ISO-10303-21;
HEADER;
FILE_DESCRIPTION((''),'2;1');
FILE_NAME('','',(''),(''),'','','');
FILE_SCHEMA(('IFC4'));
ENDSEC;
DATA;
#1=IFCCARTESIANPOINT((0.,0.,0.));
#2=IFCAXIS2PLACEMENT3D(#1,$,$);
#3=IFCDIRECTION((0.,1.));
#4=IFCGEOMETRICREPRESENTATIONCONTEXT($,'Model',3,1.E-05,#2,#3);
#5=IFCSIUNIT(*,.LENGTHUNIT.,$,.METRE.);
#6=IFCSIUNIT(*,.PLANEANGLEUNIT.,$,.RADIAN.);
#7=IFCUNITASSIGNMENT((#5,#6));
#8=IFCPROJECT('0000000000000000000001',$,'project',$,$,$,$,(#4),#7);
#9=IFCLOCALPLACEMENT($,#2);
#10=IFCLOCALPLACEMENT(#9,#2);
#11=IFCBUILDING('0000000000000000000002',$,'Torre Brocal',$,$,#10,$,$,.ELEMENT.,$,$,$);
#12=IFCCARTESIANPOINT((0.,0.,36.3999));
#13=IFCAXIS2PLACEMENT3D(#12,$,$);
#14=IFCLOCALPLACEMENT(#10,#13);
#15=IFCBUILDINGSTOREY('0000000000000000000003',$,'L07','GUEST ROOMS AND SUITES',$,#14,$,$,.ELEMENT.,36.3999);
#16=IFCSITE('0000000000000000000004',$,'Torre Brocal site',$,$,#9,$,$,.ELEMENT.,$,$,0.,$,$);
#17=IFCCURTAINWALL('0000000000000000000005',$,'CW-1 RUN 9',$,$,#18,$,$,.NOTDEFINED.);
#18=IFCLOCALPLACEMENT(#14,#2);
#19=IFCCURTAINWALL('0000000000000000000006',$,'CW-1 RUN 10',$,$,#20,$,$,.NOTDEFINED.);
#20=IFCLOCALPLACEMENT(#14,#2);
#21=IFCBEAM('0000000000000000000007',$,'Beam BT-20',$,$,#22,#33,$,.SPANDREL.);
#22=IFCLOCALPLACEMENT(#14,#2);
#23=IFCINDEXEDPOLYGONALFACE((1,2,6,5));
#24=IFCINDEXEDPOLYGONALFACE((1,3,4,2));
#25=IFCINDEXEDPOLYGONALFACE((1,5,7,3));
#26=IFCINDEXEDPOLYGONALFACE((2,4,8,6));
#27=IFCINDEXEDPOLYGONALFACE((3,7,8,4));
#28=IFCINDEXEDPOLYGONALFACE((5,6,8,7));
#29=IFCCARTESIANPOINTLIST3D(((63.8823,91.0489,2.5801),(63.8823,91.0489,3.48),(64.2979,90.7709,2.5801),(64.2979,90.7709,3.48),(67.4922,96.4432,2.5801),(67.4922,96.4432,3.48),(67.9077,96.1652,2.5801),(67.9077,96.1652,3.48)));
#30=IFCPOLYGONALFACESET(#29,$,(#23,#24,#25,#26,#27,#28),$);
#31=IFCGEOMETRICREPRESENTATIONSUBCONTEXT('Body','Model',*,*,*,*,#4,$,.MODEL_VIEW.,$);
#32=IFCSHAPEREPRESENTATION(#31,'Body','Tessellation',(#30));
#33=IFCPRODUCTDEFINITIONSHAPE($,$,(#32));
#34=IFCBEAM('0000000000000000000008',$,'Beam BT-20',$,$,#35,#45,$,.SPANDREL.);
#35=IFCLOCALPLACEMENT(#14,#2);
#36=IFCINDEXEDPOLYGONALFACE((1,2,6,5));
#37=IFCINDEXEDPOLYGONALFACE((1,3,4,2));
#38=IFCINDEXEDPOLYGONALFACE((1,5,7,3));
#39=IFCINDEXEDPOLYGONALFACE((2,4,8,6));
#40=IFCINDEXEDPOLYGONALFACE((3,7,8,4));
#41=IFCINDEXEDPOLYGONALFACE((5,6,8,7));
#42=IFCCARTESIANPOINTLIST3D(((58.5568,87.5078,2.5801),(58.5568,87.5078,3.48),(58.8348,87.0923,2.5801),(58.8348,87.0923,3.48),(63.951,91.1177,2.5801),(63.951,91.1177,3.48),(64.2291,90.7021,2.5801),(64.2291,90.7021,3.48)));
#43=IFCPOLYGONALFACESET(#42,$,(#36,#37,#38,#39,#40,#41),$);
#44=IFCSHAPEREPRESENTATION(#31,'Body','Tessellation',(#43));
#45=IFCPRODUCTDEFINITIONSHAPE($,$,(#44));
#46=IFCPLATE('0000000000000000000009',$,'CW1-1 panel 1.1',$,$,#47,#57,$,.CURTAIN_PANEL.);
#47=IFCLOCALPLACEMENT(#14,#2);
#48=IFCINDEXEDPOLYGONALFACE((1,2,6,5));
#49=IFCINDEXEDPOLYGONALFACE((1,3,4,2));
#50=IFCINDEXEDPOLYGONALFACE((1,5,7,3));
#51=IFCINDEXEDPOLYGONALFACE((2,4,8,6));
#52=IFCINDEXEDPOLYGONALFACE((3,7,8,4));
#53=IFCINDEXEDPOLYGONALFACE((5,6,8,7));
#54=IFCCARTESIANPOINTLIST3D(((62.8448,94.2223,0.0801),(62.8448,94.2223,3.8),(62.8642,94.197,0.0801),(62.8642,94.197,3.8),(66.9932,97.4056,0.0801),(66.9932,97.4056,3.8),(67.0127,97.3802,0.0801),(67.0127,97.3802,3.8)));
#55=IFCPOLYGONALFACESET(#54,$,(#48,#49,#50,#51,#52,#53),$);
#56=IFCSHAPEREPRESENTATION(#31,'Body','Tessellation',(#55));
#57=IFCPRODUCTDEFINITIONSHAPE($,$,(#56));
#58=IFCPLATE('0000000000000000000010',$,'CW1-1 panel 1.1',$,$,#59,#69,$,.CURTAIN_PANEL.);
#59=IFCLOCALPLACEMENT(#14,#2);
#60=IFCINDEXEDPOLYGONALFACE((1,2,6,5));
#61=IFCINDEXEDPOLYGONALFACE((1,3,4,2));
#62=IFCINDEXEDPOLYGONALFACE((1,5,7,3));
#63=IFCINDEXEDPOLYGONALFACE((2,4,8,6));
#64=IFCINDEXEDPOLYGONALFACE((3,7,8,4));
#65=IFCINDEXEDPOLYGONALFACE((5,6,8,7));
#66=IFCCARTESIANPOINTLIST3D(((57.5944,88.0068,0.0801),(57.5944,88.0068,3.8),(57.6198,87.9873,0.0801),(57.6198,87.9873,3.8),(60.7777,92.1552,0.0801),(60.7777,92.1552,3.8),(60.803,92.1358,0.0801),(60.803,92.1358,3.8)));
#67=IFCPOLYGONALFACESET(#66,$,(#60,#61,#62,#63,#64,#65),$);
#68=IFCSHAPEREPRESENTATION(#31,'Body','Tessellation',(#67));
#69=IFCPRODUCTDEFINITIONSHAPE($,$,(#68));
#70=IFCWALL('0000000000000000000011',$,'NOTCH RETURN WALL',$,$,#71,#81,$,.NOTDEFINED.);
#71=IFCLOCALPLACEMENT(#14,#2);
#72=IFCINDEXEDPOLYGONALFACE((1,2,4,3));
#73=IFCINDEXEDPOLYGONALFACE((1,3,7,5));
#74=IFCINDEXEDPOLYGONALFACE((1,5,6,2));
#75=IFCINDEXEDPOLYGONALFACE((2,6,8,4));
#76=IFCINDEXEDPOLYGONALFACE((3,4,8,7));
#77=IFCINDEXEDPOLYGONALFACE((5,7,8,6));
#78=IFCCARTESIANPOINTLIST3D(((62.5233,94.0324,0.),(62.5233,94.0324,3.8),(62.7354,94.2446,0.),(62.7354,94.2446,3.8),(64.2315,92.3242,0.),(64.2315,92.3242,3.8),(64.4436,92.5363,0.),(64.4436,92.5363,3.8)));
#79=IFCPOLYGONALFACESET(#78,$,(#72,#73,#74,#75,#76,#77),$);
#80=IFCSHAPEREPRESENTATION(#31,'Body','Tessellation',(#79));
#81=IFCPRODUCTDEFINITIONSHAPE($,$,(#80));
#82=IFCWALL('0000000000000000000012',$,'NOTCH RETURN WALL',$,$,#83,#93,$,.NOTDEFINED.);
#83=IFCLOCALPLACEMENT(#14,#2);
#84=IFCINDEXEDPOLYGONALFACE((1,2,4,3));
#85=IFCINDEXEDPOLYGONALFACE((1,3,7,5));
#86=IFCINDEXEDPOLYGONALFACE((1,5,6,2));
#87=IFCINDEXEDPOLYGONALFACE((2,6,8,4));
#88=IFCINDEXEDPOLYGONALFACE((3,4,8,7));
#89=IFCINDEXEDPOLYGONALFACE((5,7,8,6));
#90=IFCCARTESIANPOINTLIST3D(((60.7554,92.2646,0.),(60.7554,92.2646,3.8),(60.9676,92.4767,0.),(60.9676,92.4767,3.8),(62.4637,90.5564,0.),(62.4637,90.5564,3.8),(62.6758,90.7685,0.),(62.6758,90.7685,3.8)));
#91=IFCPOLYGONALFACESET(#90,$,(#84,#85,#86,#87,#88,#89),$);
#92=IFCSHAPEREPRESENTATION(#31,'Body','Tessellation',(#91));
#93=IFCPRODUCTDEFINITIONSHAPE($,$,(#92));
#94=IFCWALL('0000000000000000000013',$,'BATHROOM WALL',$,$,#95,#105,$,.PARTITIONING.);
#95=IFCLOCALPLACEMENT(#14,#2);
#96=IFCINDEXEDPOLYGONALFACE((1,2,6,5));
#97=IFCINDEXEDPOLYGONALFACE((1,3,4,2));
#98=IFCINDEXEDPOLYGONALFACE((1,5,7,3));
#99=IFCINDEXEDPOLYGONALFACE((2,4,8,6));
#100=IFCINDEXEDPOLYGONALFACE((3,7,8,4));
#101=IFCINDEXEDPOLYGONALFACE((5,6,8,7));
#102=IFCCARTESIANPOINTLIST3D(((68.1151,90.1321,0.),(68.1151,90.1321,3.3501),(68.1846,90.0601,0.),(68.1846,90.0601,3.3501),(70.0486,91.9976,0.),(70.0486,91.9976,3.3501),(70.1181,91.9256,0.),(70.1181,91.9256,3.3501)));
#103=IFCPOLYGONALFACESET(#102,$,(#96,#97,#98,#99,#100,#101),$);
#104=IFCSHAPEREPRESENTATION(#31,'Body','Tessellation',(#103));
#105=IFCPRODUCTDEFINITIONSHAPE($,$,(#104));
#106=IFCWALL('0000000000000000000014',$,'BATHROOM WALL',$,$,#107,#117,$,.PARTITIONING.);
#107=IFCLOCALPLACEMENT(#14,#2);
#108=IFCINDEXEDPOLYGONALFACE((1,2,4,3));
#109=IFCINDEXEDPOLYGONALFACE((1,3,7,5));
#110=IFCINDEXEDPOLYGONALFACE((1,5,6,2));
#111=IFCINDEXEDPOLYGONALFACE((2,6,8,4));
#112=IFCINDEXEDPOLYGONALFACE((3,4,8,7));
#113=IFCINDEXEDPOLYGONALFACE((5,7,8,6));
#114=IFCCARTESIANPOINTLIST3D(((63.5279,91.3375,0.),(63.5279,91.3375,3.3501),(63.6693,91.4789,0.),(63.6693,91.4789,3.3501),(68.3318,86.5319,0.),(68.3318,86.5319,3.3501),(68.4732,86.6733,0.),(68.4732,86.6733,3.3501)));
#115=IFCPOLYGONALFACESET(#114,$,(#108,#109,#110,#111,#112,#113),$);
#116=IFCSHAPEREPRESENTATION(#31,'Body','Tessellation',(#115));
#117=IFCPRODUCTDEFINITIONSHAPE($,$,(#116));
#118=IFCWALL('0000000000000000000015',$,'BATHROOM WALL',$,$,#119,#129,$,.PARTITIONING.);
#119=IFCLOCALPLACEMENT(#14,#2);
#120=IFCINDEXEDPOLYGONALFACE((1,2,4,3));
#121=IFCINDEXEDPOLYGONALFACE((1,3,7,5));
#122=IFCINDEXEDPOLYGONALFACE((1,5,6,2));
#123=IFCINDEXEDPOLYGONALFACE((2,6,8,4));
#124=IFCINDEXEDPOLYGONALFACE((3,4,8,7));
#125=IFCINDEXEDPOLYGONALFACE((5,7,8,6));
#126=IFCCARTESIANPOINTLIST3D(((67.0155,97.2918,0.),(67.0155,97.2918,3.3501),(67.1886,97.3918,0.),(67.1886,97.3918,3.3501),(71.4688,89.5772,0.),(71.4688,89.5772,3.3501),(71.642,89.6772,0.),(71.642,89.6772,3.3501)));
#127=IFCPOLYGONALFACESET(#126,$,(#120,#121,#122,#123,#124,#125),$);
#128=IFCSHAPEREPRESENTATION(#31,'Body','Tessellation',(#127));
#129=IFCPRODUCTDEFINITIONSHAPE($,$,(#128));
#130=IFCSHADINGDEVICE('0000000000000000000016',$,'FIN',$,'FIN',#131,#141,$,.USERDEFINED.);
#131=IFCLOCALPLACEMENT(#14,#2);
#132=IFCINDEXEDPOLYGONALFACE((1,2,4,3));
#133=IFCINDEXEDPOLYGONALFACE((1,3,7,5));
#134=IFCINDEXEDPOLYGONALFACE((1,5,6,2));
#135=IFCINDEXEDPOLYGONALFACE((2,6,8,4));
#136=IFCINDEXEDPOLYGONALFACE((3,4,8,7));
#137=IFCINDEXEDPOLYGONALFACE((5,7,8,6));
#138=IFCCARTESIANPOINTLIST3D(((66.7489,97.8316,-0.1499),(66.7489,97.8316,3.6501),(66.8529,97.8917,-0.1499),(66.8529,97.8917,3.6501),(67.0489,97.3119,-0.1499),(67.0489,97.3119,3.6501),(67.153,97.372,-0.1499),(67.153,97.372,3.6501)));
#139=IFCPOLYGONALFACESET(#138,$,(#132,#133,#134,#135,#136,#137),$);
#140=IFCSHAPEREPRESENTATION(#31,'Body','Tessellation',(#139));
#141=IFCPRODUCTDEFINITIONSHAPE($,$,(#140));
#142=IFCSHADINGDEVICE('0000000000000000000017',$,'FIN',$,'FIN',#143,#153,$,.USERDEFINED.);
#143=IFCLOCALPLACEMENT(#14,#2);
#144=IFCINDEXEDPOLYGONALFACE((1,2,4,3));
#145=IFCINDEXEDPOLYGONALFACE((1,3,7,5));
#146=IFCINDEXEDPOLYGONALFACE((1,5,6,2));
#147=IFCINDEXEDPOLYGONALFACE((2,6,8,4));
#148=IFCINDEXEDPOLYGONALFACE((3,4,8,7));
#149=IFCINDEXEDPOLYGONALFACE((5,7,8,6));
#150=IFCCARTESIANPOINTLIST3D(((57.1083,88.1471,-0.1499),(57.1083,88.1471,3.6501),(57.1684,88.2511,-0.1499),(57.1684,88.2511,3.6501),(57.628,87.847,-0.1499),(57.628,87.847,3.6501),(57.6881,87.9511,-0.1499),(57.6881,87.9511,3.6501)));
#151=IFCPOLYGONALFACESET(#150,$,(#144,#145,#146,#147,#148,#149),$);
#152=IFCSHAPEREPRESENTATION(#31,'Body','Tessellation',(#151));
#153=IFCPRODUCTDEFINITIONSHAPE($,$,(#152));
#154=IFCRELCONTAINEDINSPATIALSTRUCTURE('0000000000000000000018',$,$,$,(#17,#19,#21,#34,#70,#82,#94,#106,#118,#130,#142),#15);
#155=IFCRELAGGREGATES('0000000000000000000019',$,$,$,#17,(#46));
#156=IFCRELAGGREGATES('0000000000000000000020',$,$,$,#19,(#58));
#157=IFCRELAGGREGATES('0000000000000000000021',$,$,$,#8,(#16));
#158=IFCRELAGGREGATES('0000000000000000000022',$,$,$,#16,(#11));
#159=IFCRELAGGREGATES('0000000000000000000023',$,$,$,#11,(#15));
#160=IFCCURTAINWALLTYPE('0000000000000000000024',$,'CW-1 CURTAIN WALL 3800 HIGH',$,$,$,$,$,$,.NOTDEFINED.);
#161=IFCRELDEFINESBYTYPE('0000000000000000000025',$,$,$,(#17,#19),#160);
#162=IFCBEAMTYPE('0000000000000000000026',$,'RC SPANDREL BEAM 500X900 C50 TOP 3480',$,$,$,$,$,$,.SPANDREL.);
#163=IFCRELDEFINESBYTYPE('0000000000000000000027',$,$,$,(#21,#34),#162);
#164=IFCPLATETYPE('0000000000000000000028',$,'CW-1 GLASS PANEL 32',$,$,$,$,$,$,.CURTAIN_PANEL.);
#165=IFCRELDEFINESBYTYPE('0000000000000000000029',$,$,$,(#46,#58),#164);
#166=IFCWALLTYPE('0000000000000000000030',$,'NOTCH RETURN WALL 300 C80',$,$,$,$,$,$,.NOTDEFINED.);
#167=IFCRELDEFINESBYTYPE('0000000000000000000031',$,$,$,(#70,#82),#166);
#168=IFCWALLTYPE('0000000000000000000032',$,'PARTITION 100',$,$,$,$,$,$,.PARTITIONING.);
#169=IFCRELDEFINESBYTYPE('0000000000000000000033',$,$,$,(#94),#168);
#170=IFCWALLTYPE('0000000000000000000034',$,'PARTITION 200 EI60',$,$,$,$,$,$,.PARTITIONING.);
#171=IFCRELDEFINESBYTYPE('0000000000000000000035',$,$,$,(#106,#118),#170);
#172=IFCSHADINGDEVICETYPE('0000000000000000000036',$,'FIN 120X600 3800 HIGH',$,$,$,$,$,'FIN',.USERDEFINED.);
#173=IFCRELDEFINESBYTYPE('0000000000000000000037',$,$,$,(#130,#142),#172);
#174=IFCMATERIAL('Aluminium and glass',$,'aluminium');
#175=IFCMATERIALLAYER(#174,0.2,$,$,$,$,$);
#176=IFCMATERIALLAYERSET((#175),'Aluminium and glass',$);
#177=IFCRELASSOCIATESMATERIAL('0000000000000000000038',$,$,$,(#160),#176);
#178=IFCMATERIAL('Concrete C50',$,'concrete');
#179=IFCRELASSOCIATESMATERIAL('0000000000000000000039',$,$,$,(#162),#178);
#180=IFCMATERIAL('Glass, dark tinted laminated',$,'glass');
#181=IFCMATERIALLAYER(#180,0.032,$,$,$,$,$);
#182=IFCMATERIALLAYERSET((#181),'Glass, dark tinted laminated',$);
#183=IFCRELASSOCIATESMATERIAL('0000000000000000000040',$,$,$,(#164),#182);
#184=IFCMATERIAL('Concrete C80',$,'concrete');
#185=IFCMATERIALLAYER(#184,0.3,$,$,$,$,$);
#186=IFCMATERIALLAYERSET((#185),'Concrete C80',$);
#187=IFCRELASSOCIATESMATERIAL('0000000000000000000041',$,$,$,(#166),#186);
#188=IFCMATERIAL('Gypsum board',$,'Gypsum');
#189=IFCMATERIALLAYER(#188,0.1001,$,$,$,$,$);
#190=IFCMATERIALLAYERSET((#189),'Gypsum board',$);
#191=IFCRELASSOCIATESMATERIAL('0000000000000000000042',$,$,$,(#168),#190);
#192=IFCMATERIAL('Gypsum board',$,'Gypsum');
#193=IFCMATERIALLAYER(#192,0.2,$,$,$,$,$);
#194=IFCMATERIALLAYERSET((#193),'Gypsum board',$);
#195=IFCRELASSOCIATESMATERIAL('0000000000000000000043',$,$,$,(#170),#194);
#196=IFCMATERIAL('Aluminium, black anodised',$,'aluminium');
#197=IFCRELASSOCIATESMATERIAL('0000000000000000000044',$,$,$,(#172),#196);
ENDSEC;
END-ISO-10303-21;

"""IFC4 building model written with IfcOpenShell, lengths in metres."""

from ifc_helpers import new_model, si_unit, direction, frame, frame_2d, origin, origin_2d, place, context, subcontext, project, spatial, rectangle, extrude, material, layer, layer_set, material_profile, profile_set, type_object, element, aggregate, save


model = new_model("IFC4")

# Units and contexts
model_context = context("Model", 3, precision=1e-05, world=origin(), true_north=direction((0.0, 1.0)))
body_context = subcontext(model_context, "Body", "Model", "MODEL_VIEW")
ifc_project = project(units=[si_unit("LENGTHUNIT", "METRE"), si_unit("PLANEANGLEUNIT", "RADIAN")], contexts=[model_context])

# Site, building, storey
site_placement = place(None, origin())
site = spatial("IfcSite", under=ifc_project, at=site_placement, Name="Torre Brocal site", CompositionType="ELEMENT", RefElevation=0.0)
building_placement = place(site_placement, origin())
building = spatial("IfcBuilding", under=site, at=building_placement, Name="Torre Brocal", CompositionType="ELEMENT")
storey_placement = place(building_placement, frame((0.0, 0.0, 36.3999)))
storey = spatial("IfcBuildingStorey", under=building, at=storey_placement, Name="L07", Description="GUEST ROOMS AND SUITES", CompositionType="ELEMENT", Elevation=36.3999)

# Shared definitions
ifc_material_1 = material(Name="Aluminium and glass", Category="aluminium")
ifc_layer_1 = layer(ifc_material_1, 0.2)
ifc_layer_set_1 = layer_set([ifc_layer_1], Name="Aluminium and glass")
curtain_wall_type = type_object("IfcCurtainWallType", Name="CW-1 CURTAIN WALL 3800 HIGH", PredefinedType="NOTDEFINED", material=ifc_layer_set_1)

# Curtain walls
curtain_wall_1_placement = place(storey_placement, origin())
curtain_wall_1 = element("IfcCurtainWall", 1, at=curtain_wall_1_placement, inside=storey, type_object=curtain_wall_type, Name="CW-1 RUN 9", PredefinedType="NOTDEFINED")
curtain_wall_2_placement = place(storey_placement, origin())
curtain_wall_2 = element("IfcCurtainWall", 2, at=curtain_wall_2_placement, inside=storey, type_object=curtain_wall_type, Name="CW-1 RUN 10", PredefinedType="NOTDEFINED")

# Beams
ifc_material_2 = material(Name="Concrete C50", Category="concrete")
ifc_material_profile_1 = material_profile(ifc_material_2, rectangle(XDim=0.5, YDim=0.8999, at=origin_2d()), Name="RC 500X900")
ifc_profile_set_1 = profile_set([ifc_material_profile_1], Name="Concrete C50")
beam_type_1 = type_object("IfcBeamType", Name="RC SPANDREL BEAM 500X900 C50 TOP 3480", PredefinedType="SPANDREL", material=ifc_profile_set_1)
for number, where, z_axis, x_axis, name in (
    (3, (67.7, 96.3042, 3.03), (-0.556158, -0.831077, 0.0), (0.831077, -0.556158, 0.0), "Beam BT-20"),
    (4, (64.0901, 90.9099, 3.03), (-0.831077, -0.556158, 0.0), (0.556158, -0.831077, 0.0), "Beam BT-20"),
):
    element("IfcBeam", number, at=place(storey_placement, frame(where, z_axis=z_axis, x_axis=x_axis)), inside=storey, type_object=beam_type_1, Name=name, PredefinedType="SPANDREL", context=body_context, shape_type="SweptSolid", body=[
        extrude(rectangle(XDim=0.5, YDim=0.8999, at=origin_2d()), origin(), (0.0, 0.0, 1.0), 6.4907),
    ])

# Plates
ifc_material_3 = material(Name="Glass, dark tinted laminated", Category="glass")
ifc_layer_2 = layer(ifc_material_3, 0.032)
ifc_layer_set_2 = layer_set([ifc_layer_2], Name="Glass, dark tinted laminated")
plate_type = type_object("IfcPlateType", Name="CW-1 GLASS PANEL 32", PredefinedType="CURTAIN_PANEL", material=ifc_layer_set_2)
plate_1_placement = place(storey_placement, frame((64.9287, 95.8013, 0.0801), z_axis=(0.0, 0.0, 1.0), x_axis=(-0.793353, -0.608761, 0.0)))
plate_1 = element("IfcPlate", 5, at=plate_1_placement, type_object=plate_type, Name="CW1-1 panel 1.1", PredefinedType="CURTAIN_PANEL", context=body_context, shape_type="SweptSolid", body=[
    extrude(rectangle(XDim=5.229, YDim=0.032, at=origin_2d()), origin(), (0.0, 0.0, 1.0), 3.72),
])
aggregate(curtain_wall_1, [plate_1])
plate_2_placement = place(storey_placement, frame((59.1987, 90.0713, 0.0801), z_axis=(0.0, 0.0, 1.0), x_axis=(-0.608761, -0.793353, 0.0)))
plate_2 = element("IfcPlate", 6, at=plate_2_placement, type_object=plate_type, Name="CW1-1 panel 1.1", PredefinedType="CURTAIN_PANEL", context=body_context, shape_type="SweptSolid", body=[
    extrude(rectangle(XDim=5.229, YDim=0.032, at=origin_2d()), origin(), (0.0, 0.0, 1.0), 3.72),
])
aggregate(curtain_wall_2, [plate_2])

# Walls
ifc_material_4 = material(Name="Concrete C80", Category="concrete")
ifc_layer_3 = layer(ifc_material_4, 0.3)
ifc_layer_set_3 = layer_set([ifc_layer_3], Name="Concrete C80")
wall_type_1 = type_object("IfcWallType", Name="NOTCH RETURN WALL 300 C80", PredefinedType="NOTDEFINED", material=ifc_layer_set_3)
for number, where, z_axis, x_axis, name in (
    (7, (64.3376, 92.4302, 0.0), (0.0, 0.0, 1.0), (-0.707107, 0.707107, 0.0), "NOTCH RETURN WALL"),
    (8, (62.5698, 90.6624, 0.0), (0.0, 0.0, 1.0), (-0.707107, 0.707107, 0.0), "NOTCH RETURN WALL"),
):
    element("IfcWall", number, at=place(storey_placement, frame(where, z_axis=z_axis, x_axis=x_axis)), inside=storey, type_object=wall_type_1, Name=name, PredefinedType="NOTDEFINED", context=body_context, shape_type="SweptSolid", body=[
        extrude(rectangle(XDim=2.4158, YDim=0.3, at=frame_2d((1.208, 0.0))), origin(), (0.0, 0.0, 1.0), 3.8),
    ])
ifc_material_5 = material(Name="Gypsum board", Category="Gypsum")
ifc_layer_4 = layer(ifc_material_5, 0.1001)
ifc_layer_set_4 = layer_set([ifc_layer_4], Name="Gypsum board")
wall_type_2 = type_object("IfcWallType", Name="PARTITION 100", PredefinedType="PARTITIONING", material=ifc_layer_set_4)
wall_1_placement = place(storey_placement, frame((68.1499, 90.0962, 0.0), z_axis=(0.0, 0.0, 1.0), x_axis=(0.719669, 0.694317, 0.0)))
element("IfcWall", 9, at=wall_1_placement, inside=storey, type_object=wall_type_2, Name="BATHROOM WALL", PredefinedType="PARTITIONING", context=body_context, shape_type="SweptSolid", body=[
    extrude(rectangle(XDim=2.6868, YDim=0.1001, at=frame_2d((1.3433, 0.0))), origin(), (0.0, 0.0, 1.0), 3.3501),
])
ifc_material_6 = material(Name="Gypsum board", Category="Gypsum")
ifc_layer_5 = layer(ifc_material_6, 0.2)
ifc_layer_set_5 = layer_set([ifc_layer_5], Name="Gypsum board")
wall_type_3 = type_object("IfcWallType", Name="PARTITION 200 EI60", PredefinedType="PARTITIONING", material=ifc_layer_set_5)
wall_2_placement = place(storey_placement, frame((63.5986, 91.4082, 0.0), z_axis=(0.0, 0.0, 1.0), x_axis=(0.706981, -0.707233, 0.0)))
element("IfcWall", 10, at=wall_2_placement, inside=storey, type_object=wall_type_3, Name="BATHROOM WALL", PredefinedType="PARTITIONING", context=body_context, shape_type="SweptSolid", body=[
    extrude(rectangle(XDim=6.7949, YDim=0.2, at=frame_2d((3.3975, 0.0))), origin(), (0.0, 0.0, 1.0), 3.3501),
])
wall_3_placement = place(storey_placement, frame((67.1021, 97.3418, 0.0), z_axis=(0.0, 0.0, 1.0), x_axis=(0.499945, -0.866057, 0.0)))
element("IfcWall", 11, at=wall_3_placement, inside=storey, type_object=wall_type_3, Name="BATHROOM WALL", PredefinedType="PARTITIONING", context=body_context, shape_type="SweptSolid", body=[
    extrude(rectangle(XDim=8.9077, YDim=0.2, at=frame_2d((4.4539, 0.0))), origin(), (0.0, 0.0, 1.0), 3.3501),
])

# Shading devices
ifc_material_7 = material(Name="Aluminium, black anodised", Category="aluminium")
ifc_material_profile_2 = material_profile(ifc_material_7, rectangle(XDim=0.1201, YDim=0.6001, at=origin_2d()), Name="FIN 120X600 3800 HIGH")
ifc_profile_set_2 = profile_set([ifc_material_profile_2], Name="Aluminium, black anodised")
shading_device_type = type_object("IfcShadingDeviceType", Name="FIN 120X600 3800 HIGH", ElementType="FIN", PredefinedType="USERDEFINED", material=ifc_profile_set_2)
for number, where, z_axis, x_axis, name in (
    (12, (66.9509, 97.6018, -0.1499), (0.0, 0.0, 1.0), (-0.866025, -0.5, 0.0), "FIN"),
    (13, (57.3982, 88.0491, -0.1499), (0.0, 0.0, 1.0), (-0.5, -0.866025, 0.0), "FIN"),
):
    element("IfcShadingDevice", number, at=place(storey_placement, frame(where, z_axis=z_axis, x_axis=x_axis)), inside=storey, type_object=shading_device_type, Name=name, ObjectType="FIN", PredefinedType="USERDEFINED", context=body_context, shape_type="SweptSolid", body=[
        extrude(rectangle(XDim=0.1201, YDim=0.6001, at=origin_2d()), origin(), (0.0, 0.0, 1.0), 3.8),
    ])

save(model, "model.ifc")
